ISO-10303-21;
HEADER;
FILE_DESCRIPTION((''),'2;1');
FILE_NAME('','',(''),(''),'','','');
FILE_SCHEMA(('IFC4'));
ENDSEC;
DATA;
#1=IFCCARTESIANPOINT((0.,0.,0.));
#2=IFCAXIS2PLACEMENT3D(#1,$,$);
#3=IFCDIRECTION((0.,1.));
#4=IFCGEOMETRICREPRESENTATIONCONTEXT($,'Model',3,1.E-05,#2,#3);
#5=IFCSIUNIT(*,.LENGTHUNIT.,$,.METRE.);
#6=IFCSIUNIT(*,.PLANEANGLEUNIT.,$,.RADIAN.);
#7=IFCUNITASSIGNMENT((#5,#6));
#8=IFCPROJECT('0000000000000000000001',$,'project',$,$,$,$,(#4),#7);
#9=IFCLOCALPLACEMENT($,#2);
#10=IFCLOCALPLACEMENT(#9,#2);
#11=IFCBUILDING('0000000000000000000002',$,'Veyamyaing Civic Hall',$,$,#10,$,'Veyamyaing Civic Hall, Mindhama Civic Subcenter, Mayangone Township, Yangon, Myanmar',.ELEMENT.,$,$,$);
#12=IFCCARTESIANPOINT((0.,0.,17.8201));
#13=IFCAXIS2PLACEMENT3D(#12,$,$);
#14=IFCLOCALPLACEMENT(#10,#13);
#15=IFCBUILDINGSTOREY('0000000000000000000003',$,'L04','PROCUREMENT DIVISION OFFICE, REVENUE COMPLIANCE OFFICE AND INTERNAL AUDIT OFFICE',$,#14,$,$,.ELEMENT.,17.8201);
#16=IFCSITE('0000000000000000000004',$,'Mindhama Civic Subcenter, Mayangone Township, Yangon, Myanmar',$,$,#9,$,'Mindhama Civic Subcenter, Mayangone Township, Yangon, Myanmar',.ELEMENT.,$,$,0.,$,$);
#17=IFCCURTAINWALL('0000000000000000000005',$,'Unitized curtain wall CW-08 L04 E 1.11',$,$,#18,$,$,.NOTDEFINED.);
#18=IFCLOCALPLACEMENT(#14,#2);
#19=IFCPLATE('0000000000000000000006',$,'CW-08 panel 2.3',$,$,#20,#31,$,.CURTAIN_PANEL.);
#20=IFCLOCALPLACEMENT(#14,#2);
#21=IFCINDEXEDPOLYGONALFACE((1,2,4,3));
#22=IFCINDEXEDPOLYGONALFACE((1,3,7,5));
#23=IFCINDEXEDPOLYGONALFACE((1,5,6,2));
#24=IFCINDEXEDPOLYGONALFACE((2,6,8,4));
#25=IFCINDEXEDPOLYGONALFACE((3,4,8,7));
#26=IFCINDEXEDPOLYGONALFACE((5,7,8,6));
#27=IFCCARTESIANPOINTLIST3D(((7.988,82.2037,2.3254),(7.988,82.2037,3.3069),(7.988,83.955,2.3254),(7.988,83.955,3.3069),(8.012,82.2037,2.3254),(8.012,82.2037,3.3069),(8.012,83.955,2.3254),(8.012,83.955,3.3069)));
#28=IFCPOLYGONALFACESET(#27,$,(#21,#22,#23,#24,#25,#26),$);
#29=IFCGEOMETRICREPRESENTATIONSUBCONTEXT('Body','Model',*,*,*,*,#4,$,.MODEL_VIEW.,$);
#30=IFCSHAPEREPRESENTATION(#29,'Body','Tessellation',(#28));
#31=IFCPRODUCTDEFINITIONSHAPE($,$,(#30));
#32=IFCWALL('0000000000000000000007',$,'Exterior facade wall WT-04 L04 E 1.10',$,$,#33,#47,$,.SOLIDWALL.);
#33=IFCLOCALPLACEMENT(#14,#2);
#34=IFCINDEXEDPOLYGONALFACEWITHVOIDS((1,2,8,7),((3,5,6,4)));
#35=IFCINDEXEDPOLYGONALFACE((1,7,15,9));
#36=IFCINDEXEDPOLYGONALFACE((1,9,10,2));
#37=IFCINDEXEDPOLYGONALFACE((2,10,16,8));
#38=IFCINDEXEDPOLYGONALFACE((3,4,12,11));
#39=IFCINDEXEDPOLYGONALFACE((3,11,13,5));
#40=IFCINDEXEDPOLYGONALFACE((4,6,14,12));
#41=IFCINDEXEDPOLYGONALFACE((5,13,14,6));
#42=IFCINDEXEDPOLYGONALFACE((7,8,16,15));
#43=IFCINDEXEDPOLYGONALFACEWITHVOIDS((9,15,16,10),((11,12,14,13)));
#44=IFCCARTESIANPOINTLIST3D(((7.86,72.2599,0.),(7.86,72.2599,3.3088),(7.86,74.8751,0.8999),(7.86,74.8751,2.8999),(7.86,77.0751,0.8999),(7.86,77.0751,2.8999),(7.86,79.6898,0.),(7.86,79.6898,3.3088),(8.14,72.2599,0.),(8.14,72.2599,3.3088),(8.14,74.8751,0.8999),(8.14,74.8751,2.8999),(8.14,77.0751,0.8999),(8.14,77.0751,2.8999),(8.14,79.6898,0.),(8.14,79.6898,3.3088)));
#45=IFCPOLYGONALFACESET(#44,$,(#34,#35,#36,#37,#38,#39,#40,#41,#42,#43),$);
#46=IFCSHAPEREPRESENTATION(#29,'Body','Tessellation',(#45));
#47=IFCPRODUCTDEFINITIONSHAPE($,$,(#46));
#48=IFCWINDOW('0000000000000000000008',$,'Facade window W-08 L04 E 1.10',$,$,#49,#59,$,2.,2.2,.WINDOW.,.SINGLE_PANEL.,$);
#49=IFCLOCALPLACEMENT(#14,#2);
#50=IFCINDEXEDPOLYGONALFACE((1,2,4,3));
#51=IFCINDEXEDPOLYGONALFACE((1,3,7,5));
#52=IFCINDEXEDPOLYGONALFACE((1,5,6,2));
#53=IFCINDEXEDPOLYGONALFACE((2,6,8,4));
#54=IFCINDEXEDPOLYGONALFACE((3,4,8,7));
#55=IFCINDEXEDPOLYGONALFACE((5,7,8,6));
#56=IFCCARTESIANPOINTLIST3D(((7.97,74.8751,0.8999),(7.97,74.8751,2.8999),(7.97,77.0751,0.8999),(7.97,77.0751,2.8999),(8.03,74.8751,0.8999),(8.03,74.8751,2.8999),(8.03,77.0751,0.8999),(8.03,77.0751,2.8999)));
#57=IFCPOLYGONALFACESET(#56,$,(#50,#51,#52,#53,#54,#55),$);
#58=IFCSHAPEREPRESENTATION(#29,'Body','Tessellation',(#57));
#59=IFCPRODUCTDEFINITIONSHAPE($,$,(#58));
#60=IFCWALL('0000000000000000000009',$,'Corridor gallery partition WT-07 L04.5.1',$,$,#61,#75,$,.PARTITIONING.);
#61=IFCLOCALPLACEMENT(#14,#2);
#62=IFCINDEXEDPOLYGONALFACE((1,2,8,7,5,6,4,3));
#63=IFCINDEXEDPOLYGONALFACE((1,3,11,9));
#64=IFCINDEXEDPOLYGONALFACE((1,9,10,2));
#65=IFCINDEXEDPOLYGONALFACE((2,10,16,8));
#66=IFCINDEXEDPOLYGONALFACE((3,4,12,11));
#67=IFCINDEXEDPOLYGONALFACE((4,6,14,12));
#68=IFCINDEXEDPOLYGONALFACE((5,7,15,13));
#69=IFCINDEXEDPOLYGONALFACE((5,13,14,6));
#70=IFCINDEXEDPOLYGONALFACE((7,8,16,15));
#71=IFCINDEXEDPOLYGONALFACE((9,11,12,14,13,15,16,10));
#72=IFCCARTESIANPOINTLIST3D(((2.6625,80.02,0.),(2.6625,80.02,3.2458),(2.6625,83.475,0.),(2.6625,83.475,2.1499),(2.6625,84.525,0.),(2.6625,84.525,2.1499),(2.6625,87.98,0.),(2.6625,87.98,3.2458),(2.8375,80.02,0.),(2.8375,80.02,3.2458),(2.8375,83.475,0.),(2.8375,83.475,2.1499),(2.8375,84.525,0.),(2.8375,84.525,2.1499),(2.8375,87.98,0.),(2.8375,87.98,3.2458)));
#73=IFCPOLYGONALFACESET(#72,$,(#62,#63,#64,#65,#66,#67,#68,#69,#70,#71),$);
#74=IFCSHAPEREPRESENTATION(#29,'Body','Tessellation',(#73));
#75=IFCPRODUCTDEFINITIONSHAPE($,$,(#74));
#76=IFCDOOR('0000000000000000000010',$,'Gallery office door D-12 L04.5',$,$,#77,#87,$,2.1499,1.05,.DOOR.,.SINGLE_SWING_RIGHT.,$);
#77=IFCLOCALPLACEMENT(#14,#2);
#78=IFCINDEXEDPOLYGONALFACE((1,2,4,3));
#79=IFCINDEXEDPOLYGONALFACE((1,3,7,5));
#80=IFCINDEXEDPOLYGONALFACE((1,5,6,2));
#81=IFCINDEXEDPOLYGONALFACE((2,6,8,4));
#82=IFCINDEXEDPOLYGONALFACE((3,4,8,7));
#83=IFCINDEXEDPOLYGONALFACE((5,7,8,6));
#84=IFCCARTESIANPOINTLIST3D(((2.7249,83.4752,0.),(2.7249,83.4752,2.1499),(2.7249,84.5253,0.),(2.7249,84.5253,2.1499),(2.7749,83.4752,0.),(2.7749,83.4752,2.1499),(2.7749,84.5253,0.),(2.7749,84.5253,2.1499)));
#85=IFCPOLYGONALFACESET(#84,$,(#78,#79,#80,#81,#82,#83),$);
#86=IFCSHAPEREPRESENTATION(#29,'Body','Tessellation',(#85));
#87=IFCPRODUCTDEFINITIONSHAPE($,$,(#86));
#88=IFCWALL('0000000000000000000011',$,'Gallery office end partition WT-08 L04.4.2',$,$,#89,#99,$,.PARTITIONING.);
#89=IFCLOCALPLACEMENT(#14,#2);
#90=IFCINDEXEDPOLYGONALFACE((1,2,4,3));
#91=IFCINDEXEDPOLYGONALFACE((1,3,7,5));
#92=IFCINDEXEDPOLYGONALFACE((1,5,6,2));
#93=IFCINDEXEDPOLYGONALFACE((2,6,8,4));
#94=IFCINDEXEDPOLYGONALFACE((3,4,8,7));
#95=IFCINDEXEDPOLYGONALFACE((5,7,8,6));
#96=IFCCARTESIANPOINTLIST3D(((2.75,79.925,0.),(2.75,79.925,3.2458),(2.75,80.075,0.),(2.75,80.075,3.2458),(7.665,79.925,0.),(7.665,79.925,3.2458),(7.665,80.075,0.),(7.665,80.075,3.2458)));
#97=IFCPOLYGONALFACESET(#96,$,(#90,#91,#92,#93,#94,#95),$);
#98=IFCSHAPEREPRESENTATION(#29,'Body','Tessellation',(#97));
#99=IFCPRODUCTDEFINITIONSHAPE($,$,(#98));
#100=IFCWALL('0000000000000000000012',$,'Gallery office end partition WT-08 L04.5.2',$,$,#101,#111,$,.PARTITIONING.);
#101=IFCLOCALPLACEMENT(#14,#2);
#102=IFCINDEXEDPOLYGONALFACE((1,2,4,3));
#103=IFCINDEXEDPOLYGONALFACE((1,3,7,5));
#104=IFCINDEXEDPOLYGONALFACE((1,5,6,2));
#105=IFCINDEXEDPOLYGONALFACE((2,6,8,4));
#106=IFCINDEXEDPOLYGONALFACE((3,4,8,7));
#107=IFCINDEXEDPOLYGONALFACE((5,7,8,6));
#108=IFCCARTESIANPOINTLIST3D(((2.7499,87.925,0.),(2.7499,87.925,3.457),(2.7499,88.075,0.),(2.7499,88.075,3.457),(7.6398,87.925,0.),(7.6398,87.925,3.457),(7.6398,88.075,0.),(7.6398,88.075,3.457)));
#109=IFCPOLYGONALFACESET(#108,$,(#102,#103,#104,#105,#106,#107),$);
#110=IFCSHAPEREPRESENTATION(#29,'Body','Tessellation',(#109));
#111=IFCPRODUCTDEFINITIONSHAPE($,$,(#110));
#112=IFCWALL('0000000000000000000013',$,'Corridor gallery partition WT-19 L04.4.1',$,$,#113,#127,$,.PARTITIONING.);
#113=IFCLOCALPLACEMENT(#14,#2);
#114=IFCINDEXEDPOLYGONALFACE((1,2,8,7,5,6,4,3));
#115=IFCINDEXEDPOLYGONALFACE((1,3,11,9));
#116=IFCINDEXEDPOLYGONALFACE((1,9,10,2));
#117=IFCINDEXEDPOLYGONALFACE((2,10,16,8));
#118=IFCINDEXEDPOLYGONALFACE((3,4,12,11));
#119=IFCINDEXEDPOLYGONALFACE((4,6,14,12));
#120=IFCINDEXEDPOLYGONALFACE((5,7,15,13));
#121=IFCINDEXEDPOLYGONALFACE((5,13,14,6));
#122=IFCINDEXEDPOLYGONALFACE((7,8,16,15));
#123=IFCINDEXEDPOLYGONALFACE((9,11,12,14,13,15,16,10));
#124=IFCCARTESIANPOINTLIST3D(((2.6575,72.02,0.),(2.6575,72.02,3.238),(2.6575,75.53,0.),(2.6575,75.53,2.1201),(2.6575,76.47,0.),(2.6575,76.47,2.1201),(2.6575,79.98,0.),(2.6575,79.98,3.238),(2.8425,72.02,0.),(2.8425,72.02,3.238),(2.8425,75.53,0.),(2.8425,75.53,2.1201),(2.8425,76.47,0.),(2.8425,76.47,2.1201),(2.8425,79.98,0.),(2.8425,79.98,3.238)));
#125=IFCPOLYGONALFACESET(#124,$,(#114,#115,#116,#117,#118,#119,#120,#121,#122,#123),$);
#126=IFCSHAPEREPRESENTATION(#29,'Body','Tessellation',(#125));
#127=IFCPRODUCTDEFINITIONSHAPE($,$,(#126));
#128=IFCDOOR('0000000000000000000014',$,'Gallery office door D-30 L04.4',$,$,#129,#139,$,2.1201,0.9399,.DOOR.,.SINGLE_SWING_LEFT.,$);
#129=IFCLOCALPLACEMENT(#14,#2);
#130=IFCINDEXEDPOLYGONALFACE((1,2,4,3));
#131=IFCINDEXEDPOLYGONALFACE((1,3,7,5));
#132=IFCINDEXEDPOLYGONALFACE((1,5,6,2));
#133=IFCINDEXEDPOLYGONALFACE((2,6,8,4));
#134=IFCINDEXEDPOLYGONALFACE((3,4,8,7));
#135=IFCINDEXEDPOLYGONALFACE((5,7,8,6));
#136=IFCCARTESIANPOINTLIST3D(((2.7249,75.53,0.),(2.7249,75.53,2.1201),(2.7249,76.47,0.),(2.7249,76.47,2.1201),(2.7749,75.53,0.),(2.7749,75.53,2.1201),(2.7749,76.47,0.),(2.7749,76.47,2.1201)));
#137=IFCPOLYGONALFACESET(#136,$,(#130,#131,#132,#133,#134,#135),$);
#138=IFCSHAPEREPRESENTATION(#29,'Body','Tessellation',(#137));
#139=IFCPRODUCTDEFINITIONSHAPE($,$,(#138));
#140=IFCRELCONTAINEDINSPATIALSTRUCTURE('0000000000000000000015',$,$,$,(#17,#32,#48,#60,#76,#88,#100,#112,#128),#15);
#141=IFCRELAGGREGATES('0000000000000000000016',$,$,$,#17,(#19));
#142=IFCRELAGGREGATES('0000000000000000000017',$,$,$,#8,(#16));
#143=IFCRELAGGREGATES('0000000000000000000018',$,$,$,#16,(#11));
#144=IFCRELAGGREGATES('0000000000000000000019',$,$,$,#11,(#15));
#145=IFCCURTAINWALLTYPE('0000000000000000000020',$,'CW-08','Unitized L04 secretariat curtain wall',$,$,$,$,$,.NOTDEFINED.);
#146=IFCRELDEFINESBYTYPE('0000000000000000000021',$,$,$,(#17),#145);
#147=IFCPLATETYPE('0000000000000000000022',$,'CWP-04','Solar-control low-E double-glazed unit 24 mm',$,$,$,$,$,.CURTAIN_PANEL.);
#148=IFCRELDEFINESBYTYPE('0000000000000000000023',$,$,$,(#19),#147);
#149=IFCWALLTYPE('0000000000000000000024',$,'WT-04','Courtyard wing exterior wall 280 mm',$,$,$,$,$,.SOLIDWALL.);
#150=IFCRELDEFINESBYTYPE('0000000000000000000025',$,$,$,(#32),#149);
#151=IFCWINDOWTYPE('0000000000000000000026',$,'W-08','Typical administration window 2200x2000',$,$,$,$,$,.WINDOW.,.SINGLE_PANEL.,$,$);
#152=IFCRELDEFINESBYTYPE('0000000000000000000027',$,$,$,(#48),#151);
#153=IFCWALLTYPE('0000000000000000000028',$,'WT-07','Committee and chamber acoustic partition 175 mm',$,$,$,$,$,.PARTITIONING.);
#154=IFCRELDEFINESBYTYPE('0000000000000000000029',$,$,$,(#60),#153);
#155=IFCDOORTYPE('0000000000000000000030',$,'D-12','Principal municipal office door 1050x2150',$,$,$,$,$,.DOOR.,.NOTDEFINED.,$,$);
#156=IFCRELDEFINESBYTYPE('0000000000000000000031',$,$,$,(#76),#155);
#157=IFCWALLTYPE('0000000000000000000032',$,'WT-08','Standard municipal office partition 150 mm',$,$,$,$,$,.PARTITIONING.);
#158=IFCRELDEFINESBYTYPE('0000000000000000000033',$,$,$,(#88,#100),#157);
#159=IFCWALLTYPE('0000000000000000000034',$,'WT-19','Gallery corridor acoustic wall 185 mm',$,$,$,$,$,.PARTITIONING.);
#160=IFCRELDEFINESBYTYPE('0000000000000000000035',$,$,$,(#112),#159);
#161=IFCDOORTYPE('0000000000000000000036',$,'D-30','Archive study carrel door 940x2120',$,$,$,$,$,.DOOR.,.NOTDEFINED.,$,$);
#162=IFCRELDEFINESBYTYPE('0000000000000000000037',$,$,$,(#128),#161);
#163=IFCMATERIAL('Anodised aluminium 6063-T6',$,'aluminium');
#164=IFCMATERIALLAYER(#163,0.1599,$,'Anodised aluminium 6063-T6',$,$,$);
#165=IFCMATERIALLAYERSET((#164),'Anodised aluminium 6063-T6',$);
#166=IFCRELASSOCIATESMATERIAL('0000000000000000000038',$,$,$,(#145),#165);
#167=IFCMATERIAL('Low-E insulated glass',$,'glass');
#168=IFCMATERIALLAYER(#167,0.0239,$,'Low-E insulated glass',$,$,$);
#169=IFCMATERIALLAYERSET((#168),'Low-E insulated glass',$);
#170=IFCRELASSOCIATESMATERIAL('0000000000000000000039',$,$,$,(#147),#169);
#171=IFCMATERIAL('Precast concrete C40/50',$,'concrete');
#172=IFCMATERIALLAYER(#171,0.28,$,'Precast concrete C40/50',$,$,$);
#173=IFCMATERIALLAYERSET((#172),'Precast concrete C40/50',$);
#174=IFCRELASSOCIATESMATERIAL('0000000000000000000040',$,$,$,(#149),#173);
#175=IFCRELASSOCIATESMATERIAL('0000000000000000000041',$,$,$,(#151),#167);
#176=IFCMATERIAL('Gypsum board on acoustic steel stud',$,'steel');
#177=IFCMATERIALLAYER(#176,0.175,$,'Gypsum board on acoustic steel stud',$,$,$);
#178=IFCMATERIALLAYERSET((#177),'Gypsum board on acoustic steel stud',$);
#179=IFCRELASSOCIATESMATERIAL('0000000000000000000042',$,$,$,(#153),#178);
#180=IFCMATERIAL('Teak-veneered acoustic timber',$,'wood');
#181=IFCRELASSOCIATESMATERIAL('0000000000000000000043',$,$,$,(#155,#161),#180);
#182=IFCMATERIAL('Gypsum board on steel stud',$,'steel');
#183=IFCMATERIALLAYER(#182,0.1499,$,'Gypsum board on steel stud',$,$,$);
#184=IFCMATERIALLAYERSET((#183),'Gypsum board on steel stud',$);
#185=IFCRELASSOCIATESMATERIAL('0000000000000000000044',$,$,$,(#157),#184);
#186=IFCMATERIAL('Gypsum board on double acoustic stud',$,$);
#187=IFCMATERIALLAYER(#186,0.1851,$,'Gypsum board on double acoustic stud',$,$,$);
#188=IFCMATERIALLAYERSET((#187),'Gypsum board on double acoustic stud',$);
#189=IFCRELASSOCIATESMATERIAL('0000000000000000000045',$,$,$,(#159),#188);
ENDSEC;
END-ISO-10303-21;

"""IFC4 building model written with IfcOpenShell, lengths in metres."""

from ifc_helpers import new_model, si_unit, direction, frame, frame_2d, origin, origin_2d, place, context, subcontext, project, spatial, rectangle, extrude, material, layer, layer_set, type_object, element, fill, aggregate, save


model = new_model("IFC4")

# Units and contexts
model_context = context("Model", 3, precision=1e-05, world=origin(), true_north=direction((0.0, 1.0)))
body_context = subcontext(model_context, "Body", "Model", "MODEL_VIEW")
ifc_project = project(units=[si_unit("LENGTHUNIT", "METRE"), si_unit("PLANEANGLEUNIT", "RADIAN")], contexts=[model_context])

# Site, building, storey
site_placement = place(None, origin())
site = spatial("IfcSite", under=ifc_project, at=site_placement, Name="Mindhama Civic Subcenter, Mayangone Township, Yangon, Myanmar", LongName="Mindhama Civic Subcenter, Mayangone Township, Yangon, Myanmar", CompositionType="ELEMENT", RefElevation=0.0)
building_placement = place(site_placement, origin())
building = spatial("IfcBuilding", under=site, at=building_placement, Name="Veyamyaing Civic Hall", LongName="Veyamyaing Civic Hall, Mindhama Civic Subcenter, Mayangone Township, Yangon, Myanmar", CompositionType="ELEMENT")
storey_placement = place(building_placement, frame((0.0, 0.0, 17.8201)))
storey = spatial("IfcBuildingStorey", under=building, at=storey_placement, Name="L04", Description="PROCUREMENT DIVISION OFFICE, REVENUE COMPLIANCE OFFICE AND INTERNAL AUDIT OFFICE", CompositionType="ELEMENT", Elevation=17.8201)

# Curtain wall, plate
ifc_material_1 = material(Name="Anodised aluminium 6063-T6", Category="aluminium")
ifc_layer_1 = layer(ifc_material_1, 0.1599, Name="Anodised aluminium 6063-T6")
ifc_layer_set_1 = layer_set([ifc_layer_1], Name="Anodised aluminium 6063-T6")
curtain_wall_type = type_object("IfcCurtainWallType", Name="CW-08", Description="Unitized L04 secretariat curtain wall", PredefinedType="NOTDEFINED", material=ifc_layer_set_1)
curtain_wall_placement = place(storey_placement, origin())
curtain_wall = element("IfcCurtainWall", 1, at=curtain_wall_placement, inside=storey, type_object=curtain_wall_type, Name="Unitized curtain wall CW-08 L04 E 1.11", PredefinedType="NOTDEFINED")
ifc_material_2 = material(Name="Low-E insulated glass", Category="glass")
ifc_layer_2 = layer(ifc_material_2, 0.0239, Name="Low-E insulated glass")
ifc_layer_set_2 = layer_set([ifc_layer_2], Name="Low-E insulated glass")
plate_type = type_object("IfcPlateType", Name="CWP-04", Description="Solar-control low-E double-glazed unit 24 mm", PredefinedType="CURTAIN_PANEL", material=ifc_layer_set_2)
plate_1_placement = place(storey_placement, frame((8.0, 83.0793, 2.3254), z_axis=(0.0, 0.0, 1.0), x_axis=(0.0, 1.0, 0.0)))
plate_1 = element("IfcPlate", 2, at=plate_1_placement, type_object=plate_type, Name="CW-08 panel 2.3", PredefinedType="CURTAIN_PANEL", context=body_context, shape_type="SweptSolid", body=[
    extrude(rectangle(XDim=1.7512, YDim=0.0239, at=origin_2d()), origin(), (0.0, 0.0, 1.0), 0.9814),
])
aggregate(curtain_wall, [plate_1])

# Wall, opening, window
ifc_material_3 = material(Name="Precast concrete C40/50", Category="concrete")
ifc_layer_3 = layer(ifc_material_3, 0.28, Name="Precast concrete C40/50")
ifc_layer_set_3 = layer_set([ifc_layer_3], Name="Precast concrete C40/50")
wall_type_1 = type_object("IfcWallType", Name="WT-04", Description="Courtyard wing exterior wall 280 mm", PredefinedType="SOLIDWALL", material=ifc_layer_set_3)
wall_1_placement = place(storey_placement, frame((8.0, 72.26, 0.0), z_axis=(0.0, 0.0, 1.0), x_axis=(0.0, 1.0, 0.0)))
wall_1 = element("IfcWall", 3, at=wall_1_placement, inside=storey, type_object=wall_type_1, Name="Exterior facade wall WT-04 L04 E 1.10", PredefinedType="SOLIDWALL", context=body_context, shape_type="SweptSolid", body=[
    extrude(rectangle(XDim=7.4299, YDim=0.28, at=frame_2d((3.7148, 0.0))), origin(), (0.0, 0.0, 1.0), 3.3088),
])
opening_1_placement = place(wall_1_placement, frame((2.615, 0.0, 0.8999)))
opening_1 = element("IfcOpeningElement", 4, at=opening_1_placement, cuts=wall_1, PredefinedType="OPENING", context=body_context, shape_type="SweptSolid", body=[
    extrude(rectangle(XDim=2.2, YDim=2.0, at=frame_2d((1.1001, 1.0))), frame((0.0, 0.1499, 0.0), z_axis=(0.0, -1.0, 0.0), x_axis=(1.0, 0.0, 0.0)), (0.0, 0.0, 1.0), 0.3),
])
window_type = type_object("IfcWindowType", Name="W-08", Description="Typical administration window 2200x2000", PartitioningType="SINGLE_PANEL", PredefinedType="WINDOW", material=ifc_material_2)
window_placement = place(opening_1_placement, origin())
window = element("IfcWindow", 5, at=window_placement, inside=storey, type_object=window_type, Name="Facade window W-08 L04 E 1.10", OverallHeight=2.0, OverallWidth=2.2, PartitioningType="SINGLE_PANEL", PredefinedType="WINDOW", context=body_context, shape_type="SweptSolid", body=[
    extrude(rectangle(XDim=2.2, YDim=2.0, at=frame_2d((1.1001, 1.0))), frame((0.0, 0.03, 0.0), z_axis=(0.0, -1.0, 0.0), x_axis=(1.0, 0.0, 0.0)), (0.0, 0.0, 1.0), 0.0601),
])
fill(opening_1, window)

# Wall, opening, door
ifc_material_4 = material(Name="Gypsum board on acoustic steel stud", Category="steel")
ifc_layer_4 = layer(ifc_material_4, 0.175, Name="Gypsum board on acoustic steel stud")
ifc_layer_set_4 = layer_set([ifc_layer_4], Name="Gypsum board on acoustic steel stud")
wall_type_2 = type_object("IfcWallType", Name="WT-07", Description="Committee and chamber acoustic partition 175 mm", PredefinedType="PARTITIONING", material=ifc_layer_set_4)
wall_2_placement = place(storey_placement, frame((2.75, 80.02, 0.0), z_axis=(0.0, 0.0, 1.0), x_axis=(0.0, 1.0, 0.0)))
wall_2 = element("IfcWall", 6, at=wall_2_placement, inside=storey, type_object=wall_type_2, Name="Corridor gallery partition WT-07 L04.5.1", PredefinedType="PARTITIONING", context=body_context, shape_type="SweptSolid", body=[
    extrude(rectangle(XDim=7.96, YDim=0.175, at=frame_2d((3.98, 0.0))), origin(), (0.0, 0.0, 1.0), 3.2458),
])
opening_2_placement = place(wall_2_placement, frame((3.4551, 0.0, 0.0)))
opening_2 = element("IfcOpeningElement", 7, at=opening_2_placement, cuts=wall_2, PredefinedType="OPENING", context=body_context, shape_type="SweptSolid", body=[
    extrude(rectangle(XDim=1.05, YDim=2.1499, at=frame_2d((0.5249, 1.075))), frame((0.0, 0.0974, 0.0), z_axis=(0.0, -1.0, 0.0), x_axis=(1.0, 0.0, 0.0)), (0.0, 0.0, 1.0), 0.1951),
])
ifc_material_5 = material(Name="Teak-veneered acoustic timber", Category="wood")
door_type_1 = type_object("IfcDoorType", Name="D-12", Description="Principal municipal office door 1050x2150", OperationType="NOTDEFINED", PredefinedType="DOOR", material=ifc_material_5)
door_1_placement = place(opening_2_placement, frame((1.05, 0.0, 0.0), z_axis=(0.0, 0.0, 1.0), x_axis=(-1.0, 0.0, 0.0)))
door_1 = element("IfcDoor", 8, at=door_1_placement, inside=storey, type_object=door_type_1, Name="Gallery office door D-12 L04.5", OperationType="SINGLE_SWING_RIGHT", OverallHeight=2.1499, OverallWidth=1.05, PredefinedType="DOOR", context=body_context, shape_type="SweptSolid", body=[
    extrude(rectangle(XDim=1.05, YDim=2.1499, at=frame_2d((0.5249, 1.075))), frame((0.0, 0.0249, 0.0), z_axis=(0.0, -1.0, 0.0), x_axis=(1.0, 0.0, 0.0)), (0.0, 0.0, 1.0), 0.05),
])
fill(opening_2, door_1)

# Walls
ifc_material_6 = material(Name="Gypsum board on steel stud", Category="steel")
ifc_layer_5 = layer(ifc_material_6, 0.1499, Name="Gypsum board on steel stud")
ifc_layer_set_5 = layer_set([ifc_layer_5], Name="Gypsum board on steel stud")
wall_type_3 = type_object("IfcWallType", Name="WT-08", Description="Standard municipal office partition 150 mm", PredefinedType="PARTITIONING", material=ifc_layer_set_5)
wall_3_placement = place(storey_placement, frame((2.75, 80.0, 0.0), z_axis=(0.0, 0.0, 1.0), x_axis=(1.0, 0.0, 0.0)))
element("IfcWall", 9, at=wall_3_placement, inside=storey, type_object=wall_type_3, Name="Gallery office end partition WT-08 L04.4.2", PredefinedType="PARTITIONING", context=body_context, shape_type="SweptSolid", body=[
    extrude(rectangle(XDim=4.915, YDim=0.1499, at=frame_2d((2.4575, 0.0))), origin(), (0.0, 0.0, 1.0), 3.2458),
])
wall_4_placement = place(storey_placement, frame((2.75, 88.0, 0.0), z_axis=(0.0, 0.0, 1.0), x_axis=(1.0, 0.0, 0.0)))
element("IfcWall", 10, at=wall_4_placement, inside=storey, type_object=wall_type_3, Name="Gallery office end partition WT-08 L04.5.2", PredefinedType="PARTITIONING", context=body_context, shape_type="SweptSolid", body=[
    extrude(rectangle(XDim=4.8899, YDim=0.1499, at=frame_2d((2.4448, 0.0))), origin(), (0.0, 0.0, 1.0), 3.457),
])

# Wall, opening, door
ifc_material_7 = material(Name="Gypsum board on double acoustic stud")
ifc_layer_6 = layer(ifc_material_7, 0.1851, Name="Gypsum board on double acoustic stud")
ifc_layer_set_6 = layer_set([ifc_layer_6], Name="Gypsum board on double acoustic stud")
wall_type_4 = type_object("IfcWallType", Name="WT-19", Description="Gallery corridor acoustic wall 185 mm", PredefinedType="PARTITIONING", material=ifc_layer_set_6)
wall_5_placement = place(storey_placement, frame((2.75, 72.02, 0.0), z_axis=(0.0, 0.0, 1.0), x_axis=(0.0, 1.0, 0.0)))
wall_5 = element("IfcWall", 11, at=wall_5_placement, inside=storey, type_object=wall_type_4, Name="Corridor gallery partition WT-19 L04.4.1", PredefinedType="PARTITIONING", context=body_context, shape_type="SweptSolid", body=[
    extrude(rectangle(XDim=7.96, YDim=0.1851, at=frame_2d((3.98, 0.0))), origin(), (0.0, 0.0, 1.0), 3.238),
])
opening_3_placement = place(wall_5_placement, frame((3.51, 0.0, 0.0)))
opening_3 = element("IfcOpeningElement", 12, at=opening_3_placement, cuts=wall_5, PredefinedType="OPENING", context=body_context, shape_type="SweptSolid", body=[
    extrude(rectangle(XDim=0.9399, YDim=2.1201, at=frame_2d((0.47, 1.0601))), frame((0.0, 0.1025, 0.0), z_axis=(0.0, -1.0, 0.0), x_axis=(1.0, 0.0, 0.0)), (0.0, 0.0, 1.0), 0.2051),
])
door_type_2 = type_object("IfcDoorType", Name="D-30", Description="Archive study carrel door 940x2120", OperationType="NOTDEFINED", PredefinedType="DOOR", material=ifc_material_5)
door_2_placement = place(opening_3_placement, frame((0.9399, 0.0, 0.0), z_axis=(0.0, 0.0, 1.0), x_axis=(-1.0, 0.0, 0.0)))
door_2 = element("IfcDoor", 13, at=door_2_placement, inside=storey, type_object=door_type_2, Name="Gallery office door D-30 L04.4", OperationType="SINGLE_SWING_LEFT", OverallHeight=2.1201, OverallWidth=0.9399, PredefinedType="DOOR", context=body_context, shape_type="SweptSolid", body=[
    extrude(rectangle(XDim=0.9399, YDim=2.1201, at=frame_2d((0.47, 1.0601))), frame((0.0, 0.0249, 0.0), z_axis=(0.0, -1.0, 0.0), x_axis=(1.0, 0.0, 0.0)), (0.0, 0.0, 1.0), 0.05),
])
fill(opening_3, door_2)

save(model, "model.ifc")
